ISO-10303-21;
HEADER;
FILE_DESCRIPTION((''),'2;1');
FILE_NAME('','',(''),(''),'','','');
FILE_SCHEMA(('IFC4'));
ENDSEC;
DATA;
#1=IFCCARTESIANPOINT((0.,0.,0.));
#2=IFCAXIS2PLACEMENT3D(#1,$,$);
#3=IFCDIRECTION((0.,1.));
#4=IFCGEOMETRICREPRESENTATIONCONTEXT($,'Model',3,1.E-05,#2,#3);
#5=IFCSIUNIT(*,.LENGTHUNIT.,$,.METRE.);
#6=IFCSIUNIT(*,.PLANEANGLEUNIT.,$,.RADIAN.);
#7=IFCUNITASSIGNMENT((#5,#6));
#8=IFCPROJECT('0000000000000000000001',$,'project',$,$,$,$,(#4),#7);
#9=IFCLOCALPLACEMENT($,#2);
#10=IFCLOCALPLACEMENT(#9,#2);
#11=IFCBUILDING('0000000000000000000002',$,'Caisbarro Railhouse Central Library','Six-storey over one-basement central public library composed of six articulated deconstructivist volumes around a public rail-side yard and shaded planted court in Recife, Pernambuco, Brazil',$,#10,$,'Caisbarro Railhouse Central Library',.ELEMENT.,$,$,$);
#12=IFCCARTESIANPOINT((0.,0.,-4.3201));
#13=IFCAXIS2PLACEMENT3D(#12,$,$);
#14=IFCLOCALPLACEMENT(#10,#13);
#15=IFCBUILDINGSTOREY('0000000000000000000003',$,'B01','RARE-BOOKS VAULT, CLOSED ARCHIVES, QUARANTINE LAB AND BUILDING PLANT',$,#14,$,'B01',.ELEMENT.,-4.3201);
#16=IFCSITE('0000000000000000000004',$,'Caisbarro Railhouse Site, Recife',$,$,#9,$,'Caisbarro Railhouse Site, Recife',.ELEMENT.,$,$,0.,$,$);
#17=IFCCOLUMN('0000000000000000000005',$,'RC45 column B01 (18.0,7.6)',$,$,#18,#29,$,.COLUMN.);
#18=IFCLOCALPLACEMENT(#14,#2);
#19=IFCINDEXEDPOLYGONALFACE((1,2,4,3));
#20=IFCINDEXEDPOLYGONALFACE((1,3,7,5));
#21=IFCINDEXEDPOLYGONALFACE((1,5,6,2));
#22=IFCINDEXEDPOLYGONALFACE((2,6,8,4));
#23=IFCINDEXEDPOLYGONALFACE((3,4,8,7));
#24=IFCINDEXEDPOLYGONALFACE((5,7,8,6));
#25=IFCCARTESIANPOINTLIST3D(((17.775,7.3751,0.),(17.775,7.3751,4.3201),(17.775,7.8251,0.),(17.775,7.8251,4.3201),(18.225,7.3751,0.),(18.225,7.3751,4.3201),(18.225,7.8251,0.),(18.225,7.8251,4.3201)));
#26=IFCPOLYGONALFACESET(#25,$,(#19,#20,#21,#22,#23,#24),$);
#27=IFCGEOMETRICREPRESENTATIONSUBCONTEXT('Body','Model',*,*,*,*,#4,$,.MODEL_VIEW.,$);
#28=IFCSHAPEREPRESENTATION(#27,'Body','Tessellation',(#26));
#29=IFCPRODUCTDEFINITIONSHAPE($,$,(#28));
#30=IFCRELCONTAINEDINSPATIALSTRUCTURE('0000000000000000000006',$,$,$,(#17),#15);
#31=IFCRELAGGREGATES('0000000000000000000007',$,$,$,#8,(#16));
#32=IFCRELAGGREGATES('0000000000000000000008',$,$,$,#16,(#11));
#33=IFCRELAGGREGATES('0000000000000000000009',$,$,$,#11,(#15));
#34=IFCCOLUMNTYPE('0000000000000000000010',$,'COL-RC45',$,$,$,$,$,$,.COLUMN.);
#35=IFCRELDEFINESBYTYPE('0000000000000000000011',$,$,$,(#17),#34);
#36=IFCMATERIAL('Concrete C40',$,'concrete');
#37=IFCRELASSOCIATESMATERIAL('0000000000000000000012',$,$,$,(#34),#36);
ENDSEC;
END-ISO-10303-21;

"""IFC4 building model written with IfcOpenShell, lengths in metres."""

from ifc_helpers import new_model, si_unit, direction, frame, origin, origin_2d, place, context, subcontext, project, spatial, rectangle, extrude, material, material_profile, profile_set, type_object, element, save


model = new_model("IFC4")

# Units and contexts
model_context = context("Model", 3, precision=1e-05, world=origin(), true_north=direction((0.0, 1.0)))
body_context = subcontext(model_context, "Body", "Model", "MODEL_VIEW")
ifc_project = project(units=[si_unit("LENGTHUNIT", "METRE"), si_unit("PLANEANGLEUNIT", "RADIAN")], contexts=[model_context])

# Site, building, storey
site_placement = place(None, origin())
site = spatial("IfcSite", under=ifc_project, at=site_placement, Name="Caisbarro Railhouse Site, Recife", LongName="Caisbarro Railhouse Site, Recife", CompositionType="ELEMENT", RefElevation=0.0)
building_placement = place(site_placement, origin())
building = spatial("IfcBuilding", under=site, at=building_placement, Name="Caisbarro Railhouse Central Library", Description="Six-storey over one-basement central public library composed of six articulated deconstructivist volumes around a public rail-side yard and shaded planted court in Recife, Pernambuco, Brazil", LongName="Caisbarro Railhouse Central Library", CompositionType="ELEMENT")
storey_placement = place(building_placement, frame((0.0, 0.0, -4.3201)))
storey = spatial("IfcBuildingStorey", under=building, at=storey_placement, Name="B01", Description="RARE-BOOKS VAULT, CLOSED ARCHIVES, QUARANTINE LAB AND BUILDING PLANT", LongName="B01", CompositionType="ELEMENT", Elevation=-4.3201)

# Shared definitions
ifc_material_1 = material(Name="Concrete C40", Category="concrete")

# Column
ifc_material_profile_1 = material_profile(ifc_material_1, rectangle(XDim=0.45, YDim=0.45, at=origin_2d()), Name="RC-COL-450X450")
ifc_profile_set_1 = profile_set([ifc_material_profile_1], Name="Concrete C40")
column_type = type_object("IfcColumnType", Name="COL-RC45", PredefinedType="COLUMN", material=ifc_profile_set_1)
for number, where, z_axis, x_axis, name in (
    (1, (18.0, 7.6001, 0.0), (0.0, 0.0, 1.0), (1.0, 0.0, 0.0), "RC45 column B01 (18.0,7.6)"),
):
    element("IfcColumn", number, at=place(storey_placement, frame(where, z_axis=z_axis, x_axis=x_axis)), inside=storey, type_object=column_type, Name=name, PredefinedType="COLUMN", context=body_context, shape_type="SweptSolid", body=[
        extrude(rectangle(XDim=0.45, YDim=0.45, at=origin_2d()), origin(), (0.0, 0.0, 1.0), 4.3201),
    ])

save(model, "model.ifc")
